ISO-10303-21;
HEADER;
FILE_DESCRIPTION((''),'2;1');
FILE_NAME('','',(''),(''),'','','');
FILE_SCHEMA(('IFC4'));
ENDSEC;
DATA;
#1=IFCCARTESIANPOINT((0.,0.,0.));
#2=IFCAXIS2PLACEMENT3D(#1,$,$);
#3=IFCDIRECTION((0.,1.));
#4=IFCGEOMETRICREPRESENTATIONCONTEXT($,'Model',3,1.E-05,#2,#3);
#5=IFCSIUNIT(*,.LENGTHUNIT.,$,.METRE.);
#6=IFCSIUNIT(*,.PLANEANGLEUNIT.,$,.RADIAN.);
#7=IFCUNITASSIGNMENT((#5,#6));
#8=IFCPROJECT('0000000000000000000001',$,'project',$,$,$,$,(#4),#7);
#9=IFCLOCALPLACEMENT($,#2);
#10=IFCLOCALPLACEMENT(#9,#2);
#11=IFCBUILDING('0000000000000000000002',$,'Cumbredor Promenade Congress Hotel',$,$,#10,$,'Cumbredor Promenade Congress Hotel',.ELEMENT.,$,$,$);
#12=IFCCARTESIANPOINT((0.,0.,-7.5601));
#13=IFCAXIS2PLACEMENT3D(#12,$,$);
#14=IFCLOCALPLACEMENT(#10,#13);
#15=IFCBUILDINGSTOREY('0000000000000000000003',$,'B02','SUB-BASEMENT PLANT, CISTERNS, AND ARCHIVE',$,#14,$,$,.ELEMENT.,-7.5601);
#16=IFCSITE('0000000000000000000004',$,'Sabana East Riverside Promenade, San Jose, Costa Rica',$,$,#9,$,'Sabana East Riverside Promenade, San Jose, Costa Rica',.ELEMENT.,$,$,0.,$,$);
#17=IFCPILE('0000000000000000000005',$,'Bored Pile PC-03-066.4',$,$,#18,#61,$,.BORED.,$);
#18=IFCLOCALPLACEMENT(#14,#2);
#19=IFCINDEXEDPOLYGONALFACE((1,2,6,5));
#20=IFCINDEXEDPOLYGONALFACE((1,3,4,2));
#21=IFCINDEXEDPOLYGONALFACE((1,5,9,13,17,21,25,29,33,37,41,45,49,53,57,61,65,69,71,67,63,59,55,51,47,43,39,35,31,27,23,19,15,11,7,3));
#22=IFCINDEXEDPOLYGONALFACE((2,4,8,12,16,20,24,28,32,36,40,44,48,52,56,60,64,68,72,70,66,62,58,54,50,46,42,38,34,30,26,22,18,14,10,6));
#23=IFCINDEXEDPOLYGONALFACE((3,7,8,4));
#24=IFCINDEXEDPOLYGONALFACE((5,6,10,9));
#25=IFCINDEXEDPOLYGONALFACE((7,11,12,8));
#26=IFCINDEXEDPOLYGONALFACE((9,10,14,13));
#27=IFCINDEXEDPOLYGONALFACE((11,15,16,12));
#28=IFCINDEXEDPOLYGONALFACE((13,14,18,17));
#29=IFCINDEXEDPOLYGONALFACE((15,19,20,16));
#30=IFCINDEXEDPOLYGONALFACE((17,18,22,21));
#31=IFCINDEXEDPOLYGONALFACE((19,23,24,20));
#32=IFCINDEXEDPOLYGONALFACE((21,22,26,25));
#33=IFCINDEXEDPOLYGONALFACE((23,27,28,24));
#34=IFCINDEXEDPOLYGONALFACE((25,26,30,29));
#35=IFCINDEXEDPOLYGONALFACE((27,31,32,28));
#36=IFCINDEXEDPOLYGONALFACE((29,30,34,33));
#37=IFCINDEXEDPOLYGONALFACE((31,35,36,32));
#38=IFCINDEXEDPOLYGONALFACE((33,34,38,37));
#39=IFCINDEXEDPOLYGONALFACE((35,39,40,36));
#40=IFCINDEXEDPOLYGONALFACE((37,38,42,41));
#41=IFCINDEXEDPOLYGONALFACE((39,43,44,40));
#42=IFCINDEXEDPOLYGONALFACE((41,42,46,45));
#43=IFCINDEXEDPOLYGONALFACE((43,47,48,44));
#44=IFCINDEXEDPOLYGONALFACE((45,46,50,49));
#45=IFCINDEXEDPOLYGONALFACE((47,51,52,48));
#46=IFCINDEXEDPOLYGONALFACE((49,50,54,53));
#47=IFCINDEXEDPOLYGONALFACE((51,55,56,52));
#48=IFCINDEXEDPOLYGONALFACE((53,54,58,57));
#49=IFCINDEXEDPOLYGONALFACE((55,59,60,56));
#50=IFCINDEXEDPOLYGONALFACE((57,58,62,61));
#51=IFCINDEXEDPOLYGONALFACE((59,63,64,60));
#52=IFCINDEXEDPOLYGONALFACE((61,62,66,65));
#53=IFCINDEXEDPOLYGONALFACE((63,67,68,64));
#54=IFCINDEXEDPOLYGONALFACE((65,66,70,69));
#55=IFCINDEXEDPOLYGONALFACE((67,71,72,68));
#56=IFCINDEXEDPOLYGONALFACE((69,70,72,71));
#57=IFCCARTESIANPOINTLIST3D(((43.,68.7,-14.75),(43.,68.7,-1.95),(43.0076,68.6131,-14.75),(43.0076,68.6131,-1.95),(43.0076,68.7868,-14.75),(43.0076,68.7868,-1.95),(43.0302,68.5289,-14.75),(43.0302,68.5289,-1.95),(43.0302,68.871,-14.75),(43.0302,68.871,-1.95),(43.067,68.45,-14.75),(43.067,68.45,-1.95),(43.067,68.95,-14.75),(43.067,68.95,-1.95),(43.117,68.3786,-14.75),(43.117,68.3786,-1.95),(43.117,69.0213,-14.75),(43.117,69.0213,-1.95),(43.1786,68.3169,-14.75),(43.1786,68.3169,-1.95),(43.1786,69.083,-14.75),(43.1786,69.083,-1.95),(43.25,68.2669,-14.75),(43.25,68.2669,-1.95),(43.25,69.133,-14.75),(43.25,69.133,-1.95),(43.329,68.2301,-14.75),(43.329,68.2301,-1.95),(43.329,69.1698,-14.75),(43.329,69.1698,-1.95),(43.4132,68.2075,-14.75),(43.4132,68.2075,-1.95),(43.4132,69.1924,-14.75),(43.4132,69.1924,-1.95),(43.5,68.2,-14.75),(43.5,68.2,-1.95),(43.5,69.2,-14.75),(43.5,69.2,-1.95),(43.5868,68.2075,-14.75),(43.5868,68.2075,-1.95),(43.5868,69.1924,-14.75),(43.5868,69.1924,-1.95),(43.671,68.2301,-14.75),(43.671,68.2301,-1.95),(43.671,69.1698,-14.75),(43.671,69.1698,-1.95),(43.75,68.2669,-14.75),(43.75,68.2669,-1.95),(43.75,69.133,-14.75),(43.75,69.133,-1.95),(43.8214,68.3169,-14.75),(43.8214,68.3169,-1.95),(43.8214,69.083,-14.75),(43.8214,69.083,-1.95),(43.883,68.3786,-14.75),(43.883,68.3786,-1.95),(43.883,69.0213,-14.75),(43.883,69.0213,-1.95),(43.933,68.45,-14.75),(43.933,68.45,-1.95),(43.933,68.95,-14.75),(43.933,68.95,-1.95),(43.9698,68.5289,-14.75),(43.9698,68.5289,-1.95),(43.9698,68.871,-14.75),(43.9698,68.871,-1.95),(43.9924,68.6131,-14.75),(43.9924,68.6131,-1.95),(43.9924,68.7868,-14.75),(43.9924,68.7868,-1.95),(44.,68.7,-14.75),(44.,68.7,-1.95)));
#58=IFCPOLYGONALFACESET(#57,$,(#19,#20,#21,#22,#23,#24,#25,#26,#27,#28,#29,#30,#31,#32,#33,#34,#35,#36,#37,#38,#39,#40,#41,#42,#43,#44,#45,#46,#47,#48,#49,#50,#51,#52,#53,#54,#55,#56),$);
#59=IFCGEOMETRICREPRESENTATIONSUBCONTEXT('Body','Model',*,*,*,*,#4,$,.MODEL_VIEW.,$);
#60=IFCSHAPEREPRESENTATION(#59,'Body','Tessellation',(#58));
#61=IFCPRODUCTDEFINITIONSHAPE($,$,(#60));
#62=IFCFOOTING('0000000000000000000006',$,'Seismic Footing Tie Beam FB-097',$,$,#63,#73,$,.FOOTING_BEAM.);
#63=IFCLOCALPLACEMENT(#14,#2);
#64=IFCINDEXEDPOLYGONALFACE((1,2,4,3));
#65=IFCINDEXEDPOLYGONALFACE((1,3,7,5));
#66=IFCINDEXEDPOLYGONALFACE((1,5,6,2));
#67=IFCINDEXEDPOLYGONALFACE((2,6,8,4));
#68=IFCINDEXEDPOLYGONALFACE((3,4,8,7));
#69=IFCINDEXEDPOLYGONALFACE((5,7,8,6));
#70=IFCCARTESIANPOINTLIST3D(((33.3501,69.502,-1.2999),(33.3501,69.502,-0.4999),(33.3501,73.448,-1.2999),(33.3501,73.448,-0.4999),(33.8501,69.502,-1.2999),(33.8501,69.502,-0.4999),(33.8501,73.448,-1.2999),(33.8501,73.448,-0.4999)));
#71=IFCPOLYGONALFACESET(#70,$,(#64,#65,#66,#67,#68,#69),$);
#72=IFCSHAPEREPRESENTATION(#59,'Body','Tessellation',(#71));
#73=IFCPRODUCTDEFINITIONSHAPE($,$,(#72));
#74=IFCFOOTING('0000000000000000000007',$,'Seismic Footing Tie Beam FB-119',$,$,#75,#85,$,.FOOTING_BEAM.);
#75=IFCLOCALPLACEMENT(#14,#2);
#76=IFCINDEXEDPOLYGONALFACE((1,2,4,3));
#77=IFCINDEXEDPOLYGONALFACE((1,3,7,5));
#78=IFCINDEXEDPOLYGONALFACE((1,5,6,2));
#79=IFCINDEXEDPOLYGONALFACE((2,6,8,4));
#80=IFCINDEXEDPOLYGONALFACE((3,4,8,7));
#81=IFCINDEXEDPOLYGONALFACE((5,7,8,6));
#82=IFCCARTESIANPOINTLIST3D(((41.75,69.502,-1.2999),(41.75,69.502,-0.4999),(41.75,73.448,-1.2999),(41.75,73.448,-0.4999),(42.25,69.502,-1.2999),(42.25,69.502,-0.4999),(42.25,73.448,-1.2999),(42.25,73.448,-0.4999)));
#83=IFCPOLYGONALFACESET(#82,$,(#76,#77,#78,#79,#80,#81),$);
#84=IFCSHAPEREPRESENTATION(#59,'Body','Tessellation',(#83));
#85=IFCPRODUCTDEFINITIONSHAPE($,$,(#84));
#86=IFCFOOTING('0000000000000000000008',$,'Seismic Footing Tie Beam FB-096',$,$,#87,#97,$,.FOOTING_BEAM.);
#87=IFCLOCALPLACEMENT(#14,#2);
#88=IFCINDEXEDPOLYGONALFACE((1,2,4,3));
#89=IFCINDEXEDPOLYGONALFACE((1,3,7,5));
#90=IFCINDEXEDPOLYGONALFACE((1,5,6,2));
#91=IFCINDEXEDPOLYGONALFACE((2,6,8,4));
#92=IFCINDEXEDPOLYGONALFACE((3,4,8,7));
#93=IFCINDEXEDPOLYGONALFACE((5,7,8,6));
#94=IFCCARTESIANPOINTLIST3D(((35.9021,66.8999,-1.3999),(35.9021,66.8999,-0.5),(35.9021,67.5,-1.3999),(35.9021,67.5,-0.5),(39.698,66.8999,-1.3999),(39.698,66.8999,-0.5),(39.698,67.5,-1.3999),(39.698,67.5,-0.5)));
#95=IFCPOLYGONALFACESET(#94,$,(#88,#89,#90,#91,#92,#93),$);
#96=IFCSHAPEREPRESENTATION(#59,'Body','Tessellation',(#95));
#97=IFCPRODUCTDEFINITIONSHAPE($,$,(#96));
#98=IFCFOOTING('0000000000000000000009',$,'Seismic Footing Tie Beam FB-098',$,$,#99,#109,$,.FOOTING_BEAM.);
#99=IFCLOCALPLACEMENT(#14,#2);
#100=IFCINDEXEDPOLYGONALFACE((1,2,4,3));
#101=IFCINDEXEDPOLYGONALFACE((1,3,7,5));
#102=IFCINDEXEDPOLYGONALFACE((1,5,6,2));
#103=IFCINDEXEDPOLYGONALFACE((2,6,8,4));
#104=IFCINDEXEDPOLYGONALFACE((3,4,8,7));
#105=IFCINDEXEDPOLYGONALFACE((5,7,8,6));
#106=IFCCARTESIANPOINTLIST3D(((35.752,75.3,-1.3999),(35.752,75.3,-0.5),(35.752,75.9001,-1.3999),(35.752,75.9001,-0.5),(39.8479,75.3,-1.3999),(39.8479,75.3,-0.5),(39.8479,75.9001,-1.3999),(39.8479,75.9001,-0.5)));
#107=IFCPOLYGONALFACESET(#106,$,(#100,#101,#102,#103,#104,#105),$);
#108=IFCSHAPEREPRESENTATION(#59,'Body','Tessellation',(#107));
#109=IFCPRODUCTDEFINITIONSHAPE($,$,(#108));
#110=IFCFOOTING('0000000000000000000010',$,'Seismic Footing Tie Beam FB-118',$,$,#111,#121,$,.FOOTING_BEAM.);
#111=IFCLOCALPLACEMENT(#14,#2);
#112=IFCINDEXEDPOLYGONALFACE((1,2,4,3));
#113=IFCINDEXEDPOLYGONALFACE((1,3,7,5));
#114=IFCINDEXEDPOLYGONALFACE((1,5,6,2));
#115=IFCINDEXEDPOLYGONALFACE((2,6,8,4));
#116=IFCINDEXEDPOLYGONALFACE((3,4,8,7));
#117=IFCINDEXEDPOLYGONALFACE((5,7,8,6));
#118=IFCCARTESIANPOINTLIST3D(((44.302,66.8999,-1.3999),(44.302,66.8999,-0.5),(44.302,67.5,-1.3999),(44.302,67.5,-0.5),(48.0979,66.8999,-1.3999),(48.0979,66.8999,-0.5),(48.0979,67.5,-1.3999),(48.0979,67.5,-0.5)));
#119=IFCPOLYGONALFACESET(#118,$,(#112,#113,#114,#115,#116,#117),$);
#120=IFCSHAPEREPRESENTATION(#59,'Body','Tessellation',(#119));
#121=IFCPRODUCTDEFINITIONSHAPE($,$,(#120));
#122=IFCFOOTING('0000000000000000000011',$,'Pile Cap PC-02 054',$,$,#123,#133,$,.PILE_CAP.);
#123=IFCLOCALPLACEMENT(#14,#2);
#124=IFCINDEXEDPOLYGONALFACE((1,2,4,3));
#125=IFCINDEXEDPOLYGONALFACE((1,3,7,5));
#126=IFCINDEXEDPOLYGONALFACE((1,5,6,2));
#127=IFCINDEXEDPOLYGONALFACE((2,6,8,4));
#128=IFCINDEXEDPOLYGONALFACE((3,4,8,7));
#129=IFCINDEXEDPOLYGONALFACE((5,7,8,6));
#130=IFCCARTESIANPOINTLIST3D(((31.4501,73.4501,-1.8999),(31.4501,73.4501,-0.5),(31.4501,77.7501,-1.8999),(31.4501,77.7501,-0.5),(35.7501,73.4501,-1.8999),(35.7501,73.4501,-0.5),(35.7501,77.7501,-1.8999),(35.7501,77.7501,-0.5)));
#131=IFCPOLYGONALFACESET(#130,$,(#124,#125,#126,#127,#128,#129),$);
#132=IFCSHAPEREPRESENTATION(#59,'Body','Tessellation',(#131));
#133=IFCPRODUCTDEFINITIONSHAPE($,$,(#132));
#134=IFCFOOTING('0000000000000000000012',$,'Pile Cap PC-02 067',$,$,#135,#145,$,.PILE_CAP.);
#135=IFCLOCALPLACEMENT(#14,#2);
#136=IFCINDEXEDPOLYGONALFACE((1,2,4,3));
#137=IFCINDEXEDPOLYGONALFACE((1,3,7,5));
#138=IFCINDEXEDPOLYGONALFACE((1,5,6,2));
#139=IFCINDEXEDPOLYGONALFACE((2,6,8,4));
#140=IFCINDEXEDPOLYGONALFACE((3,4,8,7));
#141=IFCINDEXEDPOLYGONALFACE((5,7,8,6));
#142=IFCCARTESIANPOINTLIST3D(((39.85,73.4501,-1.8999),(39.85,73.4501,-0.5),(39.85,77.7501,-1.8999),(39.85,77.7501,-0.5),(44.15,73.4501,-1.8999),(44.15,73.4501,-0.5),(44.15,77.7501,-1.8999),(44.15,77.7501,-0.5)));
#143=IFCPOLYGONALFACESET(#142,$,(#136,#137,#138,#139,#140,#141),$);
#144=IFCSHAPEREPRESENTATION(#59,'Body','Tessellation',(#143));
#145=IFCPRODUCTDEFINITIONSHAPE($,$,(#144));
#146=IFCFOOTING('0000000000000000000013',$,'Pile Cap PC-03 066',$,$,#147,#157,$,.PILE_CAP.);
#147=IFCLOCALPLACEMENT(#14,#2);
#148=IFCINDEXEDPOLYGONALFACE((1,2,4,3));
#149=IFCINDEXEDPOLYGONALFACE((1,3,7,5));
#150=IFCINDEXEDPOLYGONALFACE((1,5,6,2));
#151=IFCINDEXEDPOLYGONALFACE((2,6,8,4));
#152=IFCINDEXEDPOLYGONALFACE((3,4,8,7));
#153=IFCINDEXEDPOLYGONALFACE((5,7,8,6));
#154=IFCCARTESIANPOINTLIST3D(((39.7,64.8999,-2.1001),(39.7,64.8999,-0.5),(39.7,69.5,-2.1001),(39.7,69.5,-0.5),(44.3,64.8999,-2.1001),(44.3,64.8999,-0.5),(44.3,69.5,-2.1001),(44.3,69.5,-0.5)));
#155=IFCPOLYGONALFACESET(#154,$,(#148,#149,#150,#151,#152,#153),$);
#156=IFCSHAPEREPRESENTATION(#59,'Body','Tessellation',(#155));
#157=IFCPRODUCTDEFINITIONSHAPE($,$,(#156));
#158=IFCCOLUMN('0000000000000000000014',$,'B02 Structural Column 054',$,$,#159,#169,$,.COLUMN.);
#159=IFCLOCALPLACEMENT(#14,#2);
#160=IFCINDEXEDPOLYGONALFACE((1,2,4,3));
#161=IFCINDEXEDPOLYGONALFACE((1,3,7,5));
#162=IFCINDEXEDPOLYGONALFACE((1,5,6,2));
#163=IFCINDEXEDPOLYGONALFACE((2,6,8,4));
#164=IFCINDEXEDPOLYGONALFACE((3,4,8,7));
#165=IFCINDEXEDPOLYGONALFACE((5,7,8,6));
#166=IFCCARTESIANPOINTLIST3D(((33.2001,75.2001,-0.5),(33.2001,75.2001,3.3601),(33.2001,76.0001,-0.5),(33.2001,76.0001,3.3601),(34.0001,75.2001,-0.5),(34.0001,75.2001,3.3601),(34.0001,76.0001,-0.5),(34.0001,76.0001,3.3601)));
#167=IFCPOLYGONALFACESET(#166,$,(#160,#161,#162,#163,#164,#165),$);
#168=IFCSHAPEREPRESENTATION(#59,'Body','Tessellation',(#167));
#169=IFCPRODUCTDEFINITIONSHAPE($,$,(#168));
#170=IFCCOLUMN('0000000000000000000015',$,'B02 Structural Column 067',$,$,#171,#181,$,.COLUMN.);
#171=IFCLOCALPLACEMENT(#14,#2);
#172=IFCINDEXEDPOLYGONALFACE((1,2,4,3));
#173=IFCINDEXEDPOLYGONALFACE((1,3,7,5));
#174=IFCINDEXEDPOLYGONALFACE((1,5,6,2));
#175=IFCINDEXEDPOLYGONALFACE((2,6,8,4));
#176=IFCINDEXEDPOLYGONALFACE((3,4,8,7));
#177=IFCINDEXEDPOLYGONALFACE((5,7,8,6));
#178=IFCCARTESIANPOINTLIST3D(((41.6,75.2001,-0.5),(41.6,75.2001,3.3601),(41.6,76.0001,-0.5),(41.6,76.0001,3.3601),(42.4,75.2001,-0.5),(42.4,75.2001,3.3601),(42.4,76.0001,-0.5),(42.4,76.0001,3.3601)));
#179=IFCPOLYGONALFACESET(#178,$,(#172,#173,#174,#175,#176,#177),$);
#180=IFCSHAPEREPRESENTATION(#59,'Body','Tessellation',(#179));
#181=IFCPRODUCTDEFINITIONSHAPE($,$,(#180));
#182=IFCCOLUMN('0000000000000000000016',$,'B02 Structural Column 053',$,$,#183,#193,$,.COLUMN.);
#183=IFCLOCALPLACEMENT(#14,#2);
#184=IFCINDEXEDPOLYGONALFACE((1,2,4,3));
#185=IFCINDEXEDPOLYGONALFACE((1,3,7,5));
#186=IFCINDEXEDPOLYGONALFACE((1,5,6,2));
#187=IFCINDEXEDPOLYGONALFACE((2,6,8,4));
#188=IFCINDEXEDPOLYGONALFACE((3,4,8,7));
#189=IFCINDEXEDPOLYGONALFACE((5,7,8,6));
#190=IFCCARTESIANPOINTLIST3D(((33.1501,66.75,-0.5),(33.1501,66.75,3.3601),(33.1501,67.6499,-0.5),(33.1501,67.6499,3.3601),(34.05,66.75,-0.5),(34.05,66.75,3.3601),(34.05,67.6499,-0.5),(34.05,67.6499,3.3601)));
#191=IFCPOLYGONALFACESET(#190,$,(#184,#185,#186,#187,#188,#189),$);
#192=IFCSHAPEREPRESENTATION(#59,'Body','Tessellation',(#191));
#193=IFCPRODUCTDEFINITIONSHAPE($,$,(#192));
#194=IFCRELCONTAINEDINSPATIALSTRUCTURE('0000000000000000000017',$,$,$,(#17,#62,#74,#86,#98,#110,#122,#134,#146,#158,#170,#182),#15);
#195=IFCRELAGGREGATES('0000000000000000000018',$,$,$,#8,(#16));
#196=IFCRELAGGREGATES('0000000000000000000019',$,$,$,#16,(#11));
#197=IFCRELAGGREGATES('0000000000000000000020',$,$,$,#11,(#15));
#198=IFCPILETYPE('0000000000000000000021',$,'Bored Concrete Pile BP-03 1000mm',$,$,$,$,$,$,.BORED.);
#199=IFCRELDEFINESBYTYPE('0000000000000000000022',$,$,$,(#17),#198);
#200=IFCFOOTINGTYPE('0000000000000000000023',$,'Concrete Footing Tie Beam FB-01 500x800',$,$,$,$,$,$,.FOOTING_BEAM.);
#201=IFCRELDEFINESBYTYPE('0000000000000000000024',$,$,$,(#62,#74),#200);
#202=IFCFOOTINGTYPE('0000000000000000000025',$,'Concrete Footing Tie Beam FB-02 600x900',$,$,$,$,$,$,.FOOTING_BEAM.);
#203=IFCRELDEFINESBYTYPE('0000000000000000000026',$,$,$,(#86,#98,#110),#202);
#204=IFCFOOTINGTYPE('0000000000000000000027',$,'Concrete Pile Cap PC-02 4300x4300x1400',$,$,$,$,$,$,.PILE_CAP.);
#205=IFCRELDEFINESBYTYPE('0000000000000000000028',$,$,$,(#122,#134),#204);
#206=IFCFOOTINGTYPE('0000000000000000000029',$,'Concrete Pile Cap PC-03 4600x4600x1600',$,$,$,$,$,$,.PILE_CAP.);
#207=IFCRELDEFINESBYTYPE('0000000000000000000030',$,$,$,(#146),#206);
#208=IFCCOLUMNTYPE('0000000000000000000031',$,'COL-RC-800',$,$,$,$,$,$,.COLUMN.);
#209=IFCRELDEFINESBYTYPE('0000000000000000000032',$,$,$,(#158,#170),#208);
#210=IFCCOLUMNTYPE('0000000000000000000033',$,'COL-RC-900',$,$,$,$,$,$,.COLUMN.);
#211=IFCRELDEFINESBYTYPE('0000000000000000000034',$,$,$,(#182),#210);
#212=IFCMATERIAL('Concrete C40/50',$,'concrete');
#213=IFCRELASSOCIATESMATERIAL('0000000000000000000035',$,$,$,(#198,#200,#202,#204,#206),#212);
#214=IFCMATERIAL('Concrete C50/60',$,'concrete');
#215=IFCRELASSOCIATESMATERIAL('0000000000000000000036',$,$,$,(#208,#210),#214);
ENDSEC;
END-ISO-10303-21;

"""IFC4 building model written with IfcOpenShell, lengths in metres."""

from ifc_helpers import new_model, si_unit, direction, frame, origin, origin_2d, place, context, subcontext, project, spatial, rectangle, circle, extrude, material, material_profile, profile_set, type_object, element, save


model = new_model("IFC4")

# Units and contexts
model_context = context("Model", 3, precision=1e-05, world=origin(), true_north=direction((0.0, 1.0)))
body_context = subcontext(model_context, "Body", "Model", "MODEL_VIEW")
ifc_project = project(units=[si_unit("LENGTHUNIT", "METRE"), si_unit("PLANEANGLEUNIT", "RADIAN")], contexts=[model_context])

# Site, building, storey
site_placement = place(None, origin())
site = spatial("IfcSite", under=ifc_project, at=site_placement, Name="Sabana East Riverside Promenade, San Jose, Costa Rica", LongName="Sabana East Riverside Promenade, San Jose, Costa Rica", CompositionType="ELEMENT", RefElevation=0.0)
building_placement = place(site_placement, origin())
building = spatial("IfcBuilding", under=site, at=building_placement, Name="Cumbredor Promenade Congress Hotel", LongName="Cumbredor Promenade Congress Hotel", CompositionType="ELEMENT")
storey_placement = place(building_placement, frame((0.0, 0.0, -7.5601)))
storey = spatial("IfcBuildingStorey", under=building, at=storey_placement, Name="B02", Description="SUB-BASEMENT PLANT, CISTERNS, AND ARCHIVE", CompositionType="ELEMENT", Elevation=-7.5601)

# Pile
ifc_material_1 = material(Name="Concrete C40/50", Category="concrete")
ifc_material_profile_1 = material_profile(ifc_material_1, circle(Radius=0.5, at=origin_2d()), Name="PILE D1000")
ifc_profile_set_1 = profile_set([ifc_material_profile_1], Name="Concrete C40/50")
pile_type_1 = type_object("IfcPileType", Name="Bored Concrete Pile BP-03 1000mm", PredefinedType="BORED", material=ifc_profile_set_1)
for number, where, z_axis, x_axis, name in (
    (1, (43.5, 68.7, -1.95), (0.0, 0.0, -1.0), (1.0, 0.0, 0.0), "Bored Pile PC-03-066.4"),
):
    element("IfcPile", number, at=place(storey_placement, frame(where, z_axis=z_axis, x_axis=x_axis)), inside=storey, type_object=pile_type_1, Name=name, PredefinedType="BORED", context=body_context, shape_type="SweptSolid", body=[
        extrude(circle(Radius=0.5, at=origin_2d()), origin(), (0.0, 0.0, 1.0), 12.8),
    ])

# Footings
ifc_material_profile_2 = material_profile(ifc_material_1, rectangle(XDim=0.5, YDim=0.8, at=origin_2d()), Name="FB 500x800")
ifc_profile_set_2 = profile_set([ifc_material_profile_2], Name="Concrete C40/50")
footing_type_1 = type_object("IfcFootingType", Name="Concrete Footing Tie Beam FB-01 500x800", PredefinedType="FOOTING_BEAM", material=ifc_profile_set_2)
for number, where, z_axis, x_axis, name in (
    (2, (33.6001, 69.502, -0.8999), (0.0, 1.0, 0.0), (-1.0, 0.0, 0.0), "Seismic Footing Tie Beam FB-097"),
    (3, (42.0, 69.502, -0.8999), (0.0, 1.0, 0.0), (-1.0, 0.0, 0.0), "Seismic Footing Tie Beam FB-119"),
):
    element("IfcFooting", number, at=place(storey_placement, frame(where, z_axis=z_axis, x_axis=x_axis)), inside=storey, type_object=footing_type_1, Name=name, PredefinedType="FOOTING_BEAM", context=body_context, shape_type="SweptSolid", body=[
        extrude(rectangle(XDim=0.5, YDim=0.8, at=origin_2d()), origin(), (0.0, 0.0, 1.0), 3.946),
    ])
ifc_material_profile_3 = material_profile(ifc_material_1, rectangle(XDim=0.6001, YDim=0.8999, at=origin_2d()), Name="FB 600x900")
ifc_profile_set_3 = profile_set([ifc_material_profile_3], Name="Concrete C40/50")
footing_type_2 = type_object("IfcFootingType", Name="Concrete Footing Tie Beam FB-02 600x900", PredefinedType="FOOTING_BEAM", material=ifc_profile_set_3)
footing_1_placement = place(storey_placement, frame((35.9021, 67.2, -0.95), z_axis=(1.0, 0.0, 0.0), x_axis=(0.0, 1.0, 0.0)))
element("IfcFooting", 4, at=footing_1_placement, inside=storey, type_object=footing_type_2, Name="Seismic Footing Tie Beam FB-096", PredefinedType="FOOTING_BEAM", context=body_context, shape_type="SweptSolid", body=[
    extrude(rectangle(XDim=0.6001, YDim=0.8999, at=origin_2d()), origin(), (0.0, 0.0, 1.0), 3.7959),
])
footing_2_placement = place(storey_placement, frame((35.752, 75.6001, -0.95), z_axis=(1.0, 0.0, 0.0), x_axis=(0.0, 1.0, 0.0)))
element("IfcFooting", 5, at=footing_2_placement, inside=storey, type_object=footing_type_2, Name="Seismic Footing Tie Beam FB-098", PredefinedType="FOOTING_BEAM", context=body_context, shape_type="SweptSolid", body=[
    extrude(rectangle(XDim=0.6001, YDim=0.8999, at=origin_2d()), origin(), (0.0, 0.0, 1.0), 4.0959),
])
footing_3_placement = place(storey_placement, frame((44.302, 67.2, -0.95), z_axis=(1.0, 0.0, 0.0), x_axis=(0.0, 1.0, 0.0)))
element("IfcFooting", 6, at=footing_3_placement, inside=storey, type_object=footing_type_2, Name="Seismic Footing Tie Beam FB-118", PredefinedType="FOOTING_BEAM", context=body_context, shape_type="SweptSolid", body=[
    extrude(rectangle(XDim=0.6001, YDim=0.8999, at=origin_2d()), origin(), (0.0, 0.0, 1.0), 3.7959),
])
footing_type_3 = type_object("IfcFootingType", Name="Concrete Pile Cap PC-02 4300x4300x1400", PredefinedType="PILE_CAP", material=ifc_material_1)
for number, where, z_axis, x_axis, name in (
    (7, (33.6001, 75.6001, -1.8999), (0.0, 0.0, 1.0), (1.0, 0.0, 0.0), "Pile Cap PC-02 054"),
    (8, (42.0, 75.6001, -1.8999), (0.0, 0.0, 1.0), (1.0, 0.0, 0.0), "Pile Cap PC-02 067"),
):
    element("IfcFooting", number, at=place(storey_placement, frame(where, z_axis=z_axis, x_axis=x_axis)), inside=storey, type_object=footing_type_3, Name=name, PredefinedType="PILE_CAP", context=body_context, shape_type="SweptSolid", body=[
        extrude(rectangle(XDim=4.3, YDim=4.3, at=origin_2d()), origin(), (0.0, 0.0, 1.0), 1.3999),
    ])
footing_type_4 = type_object("IfcFootingType", Name="Concrete Pile Cap PC-03 4600x4600x1600", PredefinedType="PILE_CAP", material=ifc_material_1)
footing_4_placement = place(storey_placement, frame((42.0, 67.2, -2.1001), z_axis=(0.0, 0.0, 1.0), x_axis=(1.0, 0.0, 0.0)))
element("IfcFooting", 9, at=footing_4_placement, inside=storey, type_object=footing_type_4, Name="Pile Cap PC-03 066", PredefinedType="PILE_CAP", context=body_context, shape_type="SweptSolid", body=[
    extrude(rectangle(XDim=4.6001, YDim=4.6001, at=origin_2d()), origin(), (0.0, 0.0, 1.0), 1.6001),
])

# Columns
ifc_material_2 = material(Name="Concrete C50/60", Category="concrete")
ifc_material_profile_4 = material_profile(ifc_material_2, rectangle(XDim=0.8, YDim=0.8, at=origin_2d()), Name="RC 800x800")
ifc_profile_set_4 = profile_set([ifc_material_profile_4], Name="Concrete C50/60")
column_type_1 = type_object("IfcColumnType", Name="COL-RC-800", PredefinedType="COLUMN", material=ifc_profile_set_4)
for number, where, z_axis, x_axis, name in (
    (10, (33.6001, 75.6001, -0.5), (0.0, 0.0, 1.0), (1.0, 0.0, 0.0), "B02 Structural Column 054"),
    (11, (42.0, 75.6001, -0.5), (0.0, 0.0, 1.0), (1.0, 0.0, 0.0), "B02 Structural Column 067"),
):
    element("IfcColumn", number, at=place(storey_placement, frame(where, z_axis=z_axis, x_axis=x_axis)), inside=storey, type_object=column_type_1, Name=name, PredefinedType="COLUMN", context=body_context, shape_type="SweptSolid", body=[
        extrude(rectangle(XDim=0.8, YDim=0.8, at=origin_2d()), origin(), (0.0, 0.0, 1.0), 3.8601),
    ])
ifc_material_profile_5 = material_profile(ifc_material_2, rectangle(XDim=0.8999, YDim=0.8999, at=origin_2d()), Name="RC 900x900")
ifc_profile_set_5 = profile_set([ifc_material_profile_5], Name="Concrete C50/60")
column_type_2 = type_object("IfcColumnType", Name="COL-RC-900", PredefinedType="COLUMN", material=ifc_profile_set_5)
for number, where, z_axis, x_axis, name in (
    (12, (33.6001, 67.2, -0.5), (0.0, 0.0, 1.0), (1.0, 0.0, 0.0), "B02 Structural Column 053"),
):
    element("IfcColumn", number, at=place(storey_placement, frame(where, z_axis=z_axis, x_axis=x_axis)), inside=storey, type_object=column_type_2, Name=name, PredefinedType="COLUMN", context=body_context, shape_type="SweptSolid", body=[
        extrude(rectangle(XDim=0.8999, YDim=0.8999, at=origin_2d()), origin(), (0.0, 0.0, 1.0), 3.8601),
    ])

save(model, "model.ifc")
